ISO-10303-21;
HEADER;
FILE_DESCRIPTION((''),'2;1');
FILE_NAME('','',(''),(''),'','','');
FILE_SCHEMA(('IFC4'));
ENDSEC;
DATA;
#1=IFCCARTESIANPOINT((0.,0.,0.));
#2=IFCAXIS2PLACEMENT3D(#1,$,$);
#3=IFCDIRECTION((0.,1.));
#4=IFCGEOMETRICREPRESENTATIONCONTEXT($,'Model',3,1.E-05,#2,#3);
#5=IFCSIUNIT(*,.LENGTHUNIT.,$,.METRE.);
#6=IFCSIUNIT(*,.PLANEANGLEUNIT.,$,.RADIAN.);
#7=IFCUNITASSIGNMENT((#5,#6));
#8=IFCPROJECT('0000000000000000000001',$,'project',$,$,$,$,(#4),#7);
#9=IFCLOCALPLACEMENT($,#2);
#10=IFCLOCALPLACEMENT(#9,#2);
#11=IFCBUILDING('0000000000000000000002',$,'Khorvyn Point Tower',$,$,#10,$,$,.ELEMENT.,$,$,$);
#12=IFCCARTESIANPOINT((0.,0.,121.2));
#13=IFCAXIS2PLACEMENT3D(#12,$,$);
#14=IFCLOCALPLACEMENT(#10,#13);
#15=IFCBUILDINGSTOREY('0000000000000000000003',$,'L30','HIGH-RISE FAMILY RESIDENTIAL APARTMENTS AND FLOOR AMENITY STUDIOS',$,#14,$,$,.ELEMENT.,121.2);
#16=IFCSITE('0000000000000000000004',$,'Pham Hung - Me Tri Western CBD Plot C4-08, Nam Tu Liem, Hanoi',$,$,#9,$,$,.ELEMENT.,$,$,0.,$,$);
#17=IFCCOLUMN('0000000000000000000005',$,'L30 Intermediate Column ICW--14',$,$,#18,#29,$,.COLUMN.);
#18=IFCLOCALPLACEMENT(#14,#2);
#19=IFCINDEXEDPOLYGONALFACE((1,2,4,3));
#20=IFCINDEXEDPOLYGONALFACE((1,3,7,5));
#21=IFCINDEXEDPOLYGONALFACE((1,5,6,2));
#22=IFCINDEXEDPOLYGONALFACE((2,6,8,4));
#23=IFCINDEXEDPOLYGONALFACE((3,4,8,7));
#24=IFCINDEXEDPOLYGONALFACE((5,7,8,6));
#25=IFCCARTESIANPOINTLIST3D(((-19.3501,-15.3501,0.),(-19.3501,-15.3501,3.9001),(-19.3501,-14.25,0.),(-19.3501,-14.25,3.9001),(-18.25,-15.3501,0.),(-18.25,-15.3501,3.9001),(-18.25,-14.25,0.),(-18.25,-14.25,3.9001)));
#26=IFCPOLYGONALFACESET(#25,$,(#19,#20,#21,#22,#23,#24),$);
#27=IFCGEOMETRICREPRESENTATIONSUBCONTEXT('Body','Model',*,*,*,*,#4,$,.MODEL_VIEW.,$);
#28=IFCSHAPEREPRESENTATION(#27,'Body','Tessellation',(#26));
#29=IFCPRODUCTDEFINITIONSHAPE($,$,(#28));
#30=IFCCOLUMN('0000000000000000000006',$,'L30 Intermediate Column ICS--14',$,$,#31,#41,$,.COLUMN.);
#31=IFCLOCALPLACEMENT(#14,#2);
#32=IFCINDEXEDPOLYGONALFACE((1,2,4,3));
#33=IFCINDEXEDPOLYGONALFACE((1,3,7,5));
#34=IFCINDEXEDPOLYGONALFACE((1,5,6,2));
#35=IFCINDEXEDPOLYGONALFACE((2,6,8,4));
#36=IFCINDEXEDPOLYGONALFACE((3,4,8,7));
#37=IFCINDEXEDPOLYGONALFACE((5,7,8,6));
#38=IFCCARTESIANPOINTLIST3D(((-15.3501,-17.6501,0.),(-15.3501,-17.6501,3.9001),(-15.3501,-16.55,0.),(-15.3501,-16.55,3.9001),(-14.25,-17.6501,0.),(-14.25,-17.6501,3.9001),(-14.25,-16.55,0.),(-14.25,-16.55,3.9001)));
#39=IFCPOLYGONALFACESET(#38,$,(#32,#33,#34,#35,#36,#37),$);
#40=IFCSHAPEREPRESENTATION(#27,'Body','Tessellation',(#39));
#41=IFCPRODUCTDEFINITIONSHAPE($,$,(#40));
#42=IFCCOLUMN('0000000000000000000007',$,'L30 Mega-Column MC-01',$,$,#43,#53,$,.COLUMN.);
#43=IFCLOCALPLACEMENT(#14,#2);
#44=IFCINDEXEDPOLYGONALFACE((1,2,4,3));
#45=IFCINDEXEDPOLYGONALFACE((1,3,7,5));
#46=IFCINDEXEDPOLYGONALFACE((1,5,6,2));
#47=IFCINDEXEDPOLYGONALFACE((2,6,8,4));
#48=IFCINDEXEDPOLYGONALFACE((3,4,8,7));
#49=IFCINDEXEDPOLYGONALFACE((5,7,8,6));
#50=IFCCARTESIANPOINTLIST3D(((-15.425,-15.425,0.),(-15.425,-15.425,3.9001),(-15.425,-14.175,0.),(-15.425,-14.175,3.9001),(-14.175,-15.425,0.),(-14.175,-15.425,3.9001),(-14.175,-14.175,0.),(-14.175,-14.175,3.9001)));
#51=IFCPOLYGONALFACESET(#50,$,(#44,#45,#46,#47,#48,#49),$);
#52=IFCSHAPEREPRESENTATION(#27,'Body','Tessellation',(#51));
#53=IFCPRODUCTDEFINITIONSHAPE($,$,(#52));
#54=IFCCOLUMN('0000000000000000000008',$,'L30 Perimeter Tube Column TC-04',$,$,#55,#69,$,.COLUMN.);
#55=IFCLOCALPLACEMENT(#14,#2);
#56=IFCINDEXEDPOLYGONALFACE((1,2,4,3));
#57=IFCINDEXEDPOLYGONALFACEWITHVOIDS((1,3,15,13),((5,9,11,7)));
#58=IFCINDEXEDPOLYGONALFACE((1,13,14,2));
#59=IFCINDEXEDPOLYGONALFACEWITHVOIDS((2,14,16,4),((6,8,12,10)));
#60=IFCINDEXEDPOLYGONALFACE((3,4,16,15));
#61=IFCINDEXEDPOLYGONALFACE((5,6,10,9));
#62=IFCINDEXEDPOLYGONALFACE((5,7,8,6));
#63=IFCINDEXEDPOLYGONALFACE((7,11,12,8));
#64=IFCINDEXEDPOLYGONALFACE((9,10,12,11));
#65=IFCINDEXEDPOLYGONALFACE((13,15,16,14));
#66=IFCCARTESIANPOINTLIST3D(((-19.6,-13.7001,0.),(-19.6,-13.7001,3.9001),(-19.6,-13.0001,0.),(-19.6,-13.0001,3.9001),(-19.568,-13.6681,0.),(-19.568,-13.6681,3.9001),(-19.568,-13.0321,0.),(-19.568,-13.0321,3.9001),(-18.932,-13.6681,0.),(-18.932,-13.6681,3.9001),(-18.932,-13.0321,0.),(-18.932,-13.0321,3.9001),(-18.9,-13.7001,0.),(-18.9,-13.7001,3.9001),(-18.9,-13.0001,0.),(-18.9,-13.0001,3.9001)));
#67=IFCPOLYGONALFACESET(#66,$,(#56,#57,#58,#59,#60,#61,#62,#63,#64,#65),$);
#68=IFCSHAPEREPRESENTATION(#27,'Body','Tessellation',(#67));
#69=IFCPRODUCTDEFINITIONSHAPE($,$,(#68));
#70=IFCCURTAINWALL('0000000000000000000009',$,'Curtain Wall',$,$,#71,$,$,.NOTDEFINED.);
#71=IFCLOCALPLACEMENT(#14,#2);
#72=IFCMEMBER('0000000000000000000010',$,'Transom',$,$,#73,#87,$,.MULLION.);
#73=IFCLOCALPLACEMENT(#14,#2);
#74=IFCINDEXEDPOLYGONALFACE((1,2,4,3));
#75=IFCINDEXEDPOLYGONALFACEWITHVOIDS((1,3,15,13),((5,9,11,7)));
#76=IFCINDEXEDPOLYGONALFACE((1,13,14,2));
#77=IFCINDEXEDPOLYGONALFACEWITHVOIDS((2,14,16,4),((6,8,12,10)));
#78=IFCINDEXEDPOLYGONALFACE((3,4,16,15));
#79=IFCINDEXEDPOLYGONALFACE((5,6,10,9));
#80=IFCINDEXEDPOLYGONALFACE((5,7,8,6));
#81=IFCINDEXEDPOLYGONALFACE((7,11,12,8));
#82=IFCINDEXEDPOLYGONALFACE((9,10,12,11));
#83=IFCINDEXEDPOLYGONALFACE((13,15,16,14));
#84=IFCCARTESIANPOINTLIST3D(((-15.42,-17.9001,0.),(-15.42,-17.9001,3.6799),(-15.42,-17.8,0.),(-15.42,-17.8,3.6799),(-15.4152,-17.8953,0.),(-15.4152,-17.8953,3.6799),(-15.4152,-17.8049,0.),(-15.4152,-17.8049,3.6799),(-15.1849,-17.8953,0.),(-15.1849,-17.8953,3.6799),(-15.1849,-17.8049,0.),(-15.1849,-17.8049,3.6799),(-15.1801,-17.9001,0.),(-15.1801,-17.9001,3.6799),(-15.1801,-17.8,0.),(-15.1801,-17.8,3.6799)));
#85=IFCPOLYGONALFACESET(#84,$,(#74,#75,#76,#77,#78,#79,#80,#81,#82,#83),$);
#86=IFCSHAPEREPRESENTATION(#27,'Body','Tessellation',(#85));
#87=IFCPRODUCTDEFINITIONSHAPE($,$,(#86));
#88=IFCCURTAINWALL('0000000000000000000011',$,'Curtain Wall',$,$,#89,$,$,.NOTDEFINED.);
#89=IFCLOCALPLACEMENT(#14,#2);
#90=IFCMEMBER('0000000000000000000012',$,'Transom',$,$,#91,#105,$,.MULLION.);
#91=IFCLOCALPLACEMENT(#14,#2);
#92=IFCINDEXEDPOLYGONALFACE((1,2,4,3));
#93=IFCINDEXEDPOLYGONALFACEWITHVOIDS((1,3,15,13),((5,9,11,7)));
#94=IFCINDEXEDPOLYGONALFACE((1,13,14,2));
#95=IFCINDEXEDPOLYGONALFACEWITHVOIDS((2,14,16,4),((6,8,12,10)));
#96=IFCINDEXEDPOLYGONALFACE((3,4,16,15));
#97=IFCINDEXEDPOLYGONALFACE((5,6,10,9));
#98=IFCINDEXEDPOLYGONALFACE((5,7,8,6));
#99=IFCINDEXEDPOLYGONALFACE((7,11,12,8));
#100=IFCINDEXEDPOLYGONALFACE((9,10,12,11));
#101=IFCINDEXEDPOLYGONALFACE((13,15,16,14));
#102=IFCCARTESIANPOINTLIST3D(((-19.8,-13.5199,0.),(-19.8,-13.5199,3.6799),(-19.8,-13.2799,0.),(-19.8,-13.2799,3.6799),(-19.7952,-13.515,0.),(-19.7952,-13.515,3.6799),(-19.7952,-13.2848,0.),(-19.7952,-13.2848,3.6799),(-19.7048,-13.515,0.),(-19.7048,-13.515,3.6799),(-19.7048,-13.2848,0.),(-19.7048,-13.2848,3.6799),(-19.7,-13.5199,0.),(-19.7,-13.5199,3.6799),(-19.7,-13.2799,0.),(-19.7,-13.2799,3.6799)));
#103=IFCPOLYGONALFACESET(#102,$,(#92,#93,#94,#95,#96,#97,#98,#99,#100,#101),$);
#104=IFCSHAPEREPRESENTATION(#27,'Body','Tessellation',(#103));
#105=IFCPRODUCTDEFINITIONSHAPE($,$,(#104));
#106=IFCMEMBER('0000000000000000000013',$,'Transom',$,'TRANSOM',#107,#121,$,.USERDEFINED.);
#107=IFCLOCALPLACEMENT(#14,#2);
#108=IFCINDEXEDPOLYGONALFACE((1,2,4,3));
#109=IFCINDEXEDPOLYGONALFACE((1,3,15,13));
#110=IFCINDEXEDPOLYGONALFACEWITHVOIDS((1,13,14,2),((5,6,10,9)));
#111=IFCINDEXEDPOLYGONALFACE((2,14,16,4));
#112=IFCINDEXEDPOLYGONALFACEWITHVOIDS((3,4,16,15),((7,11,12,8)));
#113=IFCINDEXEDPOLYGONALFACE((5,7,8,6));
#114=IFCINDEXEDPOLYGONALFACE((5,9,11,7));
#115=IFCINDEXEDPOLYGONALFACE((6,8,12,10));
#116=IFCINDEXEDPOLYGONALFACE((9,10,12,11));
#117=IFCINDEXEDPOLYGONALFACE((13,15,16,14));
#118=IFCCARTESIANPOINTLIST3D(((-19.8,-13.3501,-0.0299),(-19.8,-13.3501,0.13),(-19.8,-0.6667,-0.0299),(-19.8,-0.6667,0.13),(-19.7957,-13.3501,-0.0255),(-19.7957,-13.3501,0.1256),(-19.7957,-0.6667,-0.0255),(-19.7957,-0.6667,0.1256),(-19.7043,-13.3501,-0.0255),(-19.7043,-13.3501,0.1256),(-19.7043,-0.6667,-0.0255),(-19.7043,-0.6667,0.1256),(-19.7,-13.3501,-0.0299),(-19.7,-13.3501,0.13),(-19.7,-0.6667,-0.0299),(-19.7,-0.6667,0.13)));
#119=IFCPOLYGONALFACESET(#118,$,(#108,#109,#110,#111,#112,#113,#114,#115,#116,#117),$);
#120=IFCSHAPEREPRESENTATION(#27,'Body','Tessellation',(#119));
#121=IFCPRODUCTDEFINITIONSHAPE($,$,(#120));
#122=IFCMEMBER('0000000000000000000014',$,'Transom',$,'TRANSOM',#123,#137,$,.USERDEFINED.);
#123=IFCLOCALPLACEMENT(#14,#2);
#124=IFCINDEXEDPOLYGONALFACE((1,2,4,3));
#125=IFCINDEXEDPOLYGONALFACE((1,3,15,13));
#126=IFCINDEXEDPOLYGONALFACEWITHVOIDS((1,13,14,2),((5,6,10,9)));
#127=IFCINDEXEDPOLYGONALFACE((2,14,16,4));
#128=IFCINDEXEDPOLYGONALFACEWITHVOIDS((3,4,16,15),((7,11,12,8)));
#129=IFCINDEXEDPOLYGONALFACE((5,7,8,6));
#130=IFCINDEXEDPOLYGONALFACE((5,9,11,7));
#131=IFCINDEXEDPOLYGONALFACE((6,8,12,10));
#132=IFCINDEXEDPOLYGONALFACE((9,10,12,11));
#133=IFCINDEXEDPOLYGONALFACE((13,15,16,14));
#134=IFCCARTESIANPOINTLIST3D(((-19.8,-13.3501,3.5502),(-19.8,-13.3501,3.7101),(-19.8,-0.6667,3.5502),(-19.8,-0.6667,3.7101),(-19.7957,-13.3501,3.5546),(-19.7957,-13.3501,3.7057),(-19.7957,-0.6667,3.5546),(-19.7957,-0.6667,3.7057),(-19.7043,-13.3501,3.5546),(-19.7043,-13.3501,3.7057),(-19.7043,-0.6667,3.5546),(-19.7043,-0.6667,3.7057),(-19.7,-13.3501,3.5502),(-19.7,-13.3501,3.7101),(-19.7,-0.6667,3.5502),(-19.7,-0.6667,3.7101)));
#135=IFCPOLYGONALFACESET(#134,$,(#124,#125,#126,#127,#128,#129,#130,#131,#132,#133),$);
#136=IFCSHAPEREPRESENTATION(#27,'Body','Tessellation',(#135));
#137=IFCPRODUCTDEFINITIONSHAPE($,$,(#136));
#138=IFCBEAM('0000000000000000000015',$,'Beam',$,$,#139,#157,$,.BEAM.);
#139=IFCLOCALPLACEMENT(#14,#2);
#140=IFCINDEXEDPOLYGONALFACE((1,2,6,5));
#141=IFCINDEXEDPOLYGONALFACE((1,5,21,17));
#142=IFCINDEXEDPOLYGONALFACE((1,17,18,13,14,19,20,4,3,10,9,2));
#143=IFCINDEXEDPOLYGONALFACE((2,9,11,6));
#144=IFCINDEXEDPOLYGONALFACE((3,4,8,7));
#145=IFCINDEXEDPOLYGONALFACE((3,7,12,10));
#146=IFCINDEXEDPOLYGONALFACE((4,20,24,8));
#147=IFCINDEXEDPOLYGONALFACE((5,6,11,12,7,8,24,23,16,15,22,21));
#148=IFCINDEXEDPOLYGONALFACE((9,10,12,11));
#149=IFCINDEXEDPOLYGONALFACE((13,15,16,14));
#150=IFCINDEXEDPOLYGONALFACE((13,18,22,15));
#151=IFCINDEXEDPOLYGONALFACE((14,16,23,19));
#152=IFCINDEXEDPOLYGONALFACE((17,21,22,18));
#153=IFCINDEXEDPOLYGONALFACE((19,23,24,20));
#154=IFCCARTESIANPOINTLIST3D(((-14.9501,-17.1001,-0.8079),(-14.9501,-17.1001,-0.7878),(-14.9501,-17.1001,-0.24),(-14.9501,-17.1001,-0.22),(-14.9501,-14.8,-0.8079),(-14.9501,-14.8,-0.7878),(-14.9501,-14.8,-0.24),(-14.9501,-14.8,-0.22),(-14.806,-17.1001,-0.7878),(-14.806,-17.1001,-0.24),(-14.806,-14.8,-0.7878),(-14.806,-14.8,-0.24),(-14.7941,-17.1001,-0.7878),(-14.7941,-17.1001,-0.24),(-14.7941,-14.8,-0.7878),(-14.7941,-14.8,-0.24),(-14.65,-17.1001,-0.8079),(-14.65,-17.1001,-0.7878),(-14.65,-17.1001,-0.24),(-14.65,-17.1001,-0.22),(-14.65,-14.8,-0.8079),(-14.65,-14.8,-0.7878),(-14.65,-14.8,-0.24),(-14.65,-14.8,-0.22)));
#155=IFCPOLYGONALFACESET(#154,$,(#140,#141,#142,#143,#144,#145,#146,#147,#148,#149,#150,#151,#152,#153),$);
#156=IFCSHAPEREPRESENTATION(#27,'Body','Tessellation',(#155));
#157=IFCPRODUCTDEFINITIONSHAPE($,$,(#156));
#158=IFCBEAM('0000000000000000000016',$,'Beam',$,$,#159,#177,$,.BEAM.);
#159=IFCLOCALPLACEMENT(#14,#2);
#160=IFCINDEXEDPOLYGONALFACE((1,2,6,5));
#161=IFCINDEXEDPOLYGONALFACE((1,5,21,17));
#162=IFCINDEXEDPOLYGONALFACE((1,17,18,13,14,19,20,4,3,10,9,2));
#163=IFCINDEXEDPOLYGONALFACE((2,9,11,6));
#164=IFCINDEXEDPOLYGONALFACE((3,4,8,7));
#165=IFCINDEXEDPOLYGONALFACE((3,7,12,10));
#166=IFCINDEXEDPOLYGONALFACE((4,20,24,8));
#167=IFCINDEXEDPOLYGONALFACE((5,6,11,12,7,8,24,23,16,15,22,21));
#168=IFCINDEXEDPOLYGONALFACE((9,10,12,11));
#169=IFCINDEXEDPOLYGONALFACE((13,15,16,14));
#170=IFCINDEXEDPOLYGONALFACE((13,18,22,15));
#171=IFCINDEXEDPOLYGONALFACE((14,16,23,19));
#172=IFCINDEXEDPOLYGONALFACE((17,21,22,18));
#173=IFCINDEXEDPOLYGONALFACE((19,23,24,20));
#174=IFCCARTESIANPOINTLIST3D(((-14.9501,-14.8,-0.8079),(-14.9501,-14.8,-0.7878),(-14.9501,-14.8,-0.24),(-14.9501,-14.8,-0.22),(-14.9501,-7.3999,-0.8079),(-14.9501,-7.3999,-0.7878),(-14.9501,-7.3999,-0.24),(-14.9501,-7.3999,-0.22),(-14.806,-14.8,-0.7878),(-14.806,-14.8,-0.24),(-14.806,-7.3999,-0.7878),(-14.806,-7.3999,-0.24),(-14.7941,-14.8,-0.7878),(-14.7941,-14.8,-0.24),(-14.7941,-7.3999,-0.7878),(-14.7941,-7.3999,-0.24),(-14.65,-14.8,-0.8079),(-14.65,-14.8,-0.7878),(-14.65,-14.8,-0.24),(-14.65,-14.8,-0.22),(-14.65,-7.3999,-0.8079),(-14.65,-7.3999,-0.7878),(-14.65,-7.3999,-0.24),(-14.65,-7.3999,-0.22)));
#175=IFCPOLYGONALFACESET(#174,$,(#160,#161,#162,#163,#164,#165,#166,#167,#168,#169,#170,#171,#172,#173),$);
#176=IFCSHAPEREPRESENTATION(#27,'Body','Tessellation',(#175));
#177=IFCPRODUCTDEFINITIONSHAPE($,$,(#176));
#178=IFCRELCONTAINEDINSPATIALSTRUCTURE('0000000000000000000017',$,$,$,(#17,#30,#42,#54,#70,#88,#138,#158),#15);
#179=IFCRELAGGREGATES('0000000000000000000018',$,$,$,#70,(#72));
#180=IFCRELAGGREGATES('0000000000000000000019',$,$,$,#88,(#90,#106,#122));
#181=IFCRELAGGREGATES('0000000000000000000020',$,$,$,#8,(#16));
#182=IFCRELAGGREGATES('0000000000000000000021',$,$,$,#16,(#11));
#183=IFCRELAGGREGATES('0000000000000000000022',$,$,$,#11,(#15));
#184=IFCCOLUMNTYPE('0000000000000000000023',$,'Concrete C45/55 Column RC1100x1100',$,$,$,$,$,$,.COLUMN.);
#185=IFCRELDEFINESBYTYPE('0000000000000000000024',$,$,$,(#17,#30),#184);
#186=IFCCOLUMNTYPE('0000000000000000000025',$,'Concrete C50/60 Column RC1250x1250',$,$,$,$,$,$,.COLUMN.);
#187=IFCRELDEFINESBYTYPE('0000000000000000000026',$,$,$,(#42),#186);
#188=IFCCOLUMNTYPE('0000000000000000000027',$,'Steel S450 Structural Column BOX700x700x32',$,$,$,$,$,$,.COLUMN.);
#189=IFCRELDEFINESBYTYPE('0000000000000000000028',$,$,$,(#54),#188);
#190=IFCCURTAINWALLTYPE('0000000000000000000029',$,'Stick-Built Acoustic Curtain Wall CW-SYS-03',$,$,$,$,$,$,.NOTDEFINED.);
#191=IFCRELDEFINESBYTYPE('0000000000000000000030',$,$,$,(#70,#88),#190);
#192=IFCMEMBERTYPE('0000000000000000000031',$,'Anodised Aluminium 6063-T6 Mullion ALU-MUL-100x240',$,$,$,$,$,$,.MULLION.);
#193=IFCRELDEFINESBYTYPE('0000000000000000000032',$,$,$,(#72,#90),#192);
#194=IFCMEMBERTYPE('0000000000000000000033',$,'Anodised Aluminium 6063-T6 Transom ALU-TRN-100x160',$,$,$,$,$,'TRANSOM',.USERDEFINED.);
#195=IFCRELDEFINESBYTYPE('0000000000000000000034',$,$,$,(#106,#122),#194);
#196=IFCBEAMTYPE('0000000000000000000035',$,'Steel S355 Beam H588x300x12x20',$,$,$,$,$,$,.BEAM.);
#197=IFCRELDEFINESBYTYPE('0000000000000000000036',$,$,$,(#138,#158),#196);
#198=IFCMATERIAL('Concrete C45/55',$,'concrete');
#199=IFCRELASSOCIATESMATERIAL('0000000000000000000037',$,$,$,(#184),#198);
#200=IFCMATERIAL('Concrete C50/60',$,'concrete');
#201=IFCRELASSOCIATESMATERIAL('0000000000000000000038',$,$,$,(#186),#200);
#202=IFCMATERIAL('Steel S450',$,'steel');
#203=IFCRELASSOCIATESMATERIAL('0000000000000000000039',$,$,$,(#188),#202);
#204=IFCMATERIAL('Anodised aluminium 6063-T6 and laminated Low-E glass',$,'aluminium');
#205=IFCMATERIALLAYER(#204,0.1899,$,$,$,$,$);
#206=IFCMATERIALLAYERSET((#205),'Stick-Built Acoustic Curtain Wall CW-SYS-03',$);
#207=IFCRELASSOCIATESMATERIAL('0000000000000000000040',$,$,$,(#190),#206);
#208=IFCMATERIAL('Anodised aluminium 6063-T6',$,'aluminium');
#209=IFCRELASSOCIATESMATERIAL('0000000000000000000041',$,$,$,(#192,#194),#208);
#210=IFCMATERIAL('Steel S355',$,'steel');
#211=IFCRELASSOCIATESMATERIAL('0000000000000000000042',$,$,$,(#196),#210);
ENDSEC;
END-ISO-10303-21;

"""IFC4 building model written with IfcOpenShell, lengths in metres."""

from ifc_helpers import new_model, si_unit, direction, frame, origin, origin_2d, place, context, subcontext, project, spatial, rectangle, hollow_rectangle, i_section, extrude, material, layer, layer_set, material_profile, profile_set, type_object, element, aggregate, save


model = new_model("IFC4")

# Units and contexts
model_context = context("Model", 3, precision=1e-05, world=origin(), true_north=direction((0.0, 1.0)))
body_context = subcontext(model_context, "Body", "Model", "MODEL_VIEW")
ifc_project = project(units=[si_unit("LENGTHUNIT", "METRE"), si_unit("PLANEANGLEUNIT", "RADIAN")], contexts=[model_context])

# Site, building, storey
site_placement = place(None, origin())
site = spatial("IfcSite", under=ifc_project, at=site_placement, Name="Pham Hung - Me Tri Western CBD Plot C4-08, Nam Tu Liem, Hanoi", CompositionType="ELEMENT", RefElevation=0.0)
building_placement = place(site_placement, origin())
building = spatial("IfcBuilding", under=site, at=building_placement, Name="Khorvyn Point Tower", CompositionType="ELEMENT")
storey_placement = place(building_placement, frame((0.0, 0.0, 121.2)))
storey = spatial("IfcBuildingStorey", under=building, at=storey_placement, Name="L30", Description="HIGH-RISE FAMILY RESIDENTIAL APARTMENTS AND FLOOR AMENITY STUDIOS", CompositionType="ELEMENT", Elevation=121.2)

# Columns
ifc_material_1 = material(Name="Concrete C45/55", Category="concrete")
ifc_material_profile_1 = material_profile(ifc_material_1, rectangle(XDim=1.1001, YDim=1.1001, at=origin_2d()))
ifc_profile_set_1 = profile_set([ifc_material_profile_1], Name="Concrete C45/55 RC1100x1100")
column_type_1 = type_object("IfcColumnType", Name="Concrete C45/55 Column RC1100x1100", PredefinedType="COLUMN", material=ifc_profile_set_1)
for number, where, z_axis, x_axis, name in (
    (1, (-18.8, -14.8, 0.0), (0.0, 0.0, 1.0), (1.0, 0.0, 0.0), "L30 Intermediate Column ICW--14"),
    (2, (-14.8, -17.1001, 0.0), (0.0, 0.0, 1.0), (1.0, 0.0, 0.0), "L30 Intermediate Column ICS--14"),
):
    element("IfcColumn", number, at=place(storey_placement, frame(where, z_axis=z_axis, x_axis=x_axis)), inside=storey, type_object=column_type_1, Name=name, PredefinedType="COLUMN", context=body_context, shape_type="SweptSolid", body=[
        extrude(rectangle(XDim=1.1001, YDim=1.1001, at=origin_2d()), origin(), (0.0, 0.0, 1.0), 3.9001),
    ])
ifc_material_2 = material(Name="Concrete C50/60", Category="concrete")
ifc_material_profile_2 = material_profile(ifc_material_2, rectangle(XDim=1.25, YDim=1.25, at=origin_2d()))
ifc_profile_set_2 = profile_set([ifc_material_profile_2], Name="Concrete C50/60 RC1250x1250")
column_type_2 = type_object("IfcColumnType", Name="Concrete C50/60 Column RC1250x1250", PredefinedType="COLUMN", material=ifc_profile_set_2)
column_1_placement = place(storey_placement, frame((-14.8, -14.8, 0.0), z_axis=(0.0, 0.0, 1.0), x_axis=(1.0, 0.0, 0.0)))
element("IfcColumn", 3, at=column_1_placement, inside=storey, type_object=column_type_2, Name="L30 Mega-Column MC-01", PredefinedType="COLUMN", context=body_context, shape_type="SweptSolid", body=[
    extrude(rectangle(XDim=1.25, YDim=1.25, at=origin_2d()), origin(), (0.0, 0.0, 1.0), 3.9001),
])
ifc_material_3 = material(Name="Steel S450", Category="steel")
ifc_material_profile_3 = material_profile(ifc_material_3, hollow_rectangle(XDim=0.7, YDim=0.7, WallThickness=0.032, at=origin_2d()))
ifc_profile_set_3 = profile_set([ifc_material_profile_3], Name="Steel S450 BOX700x700x32")
column_type_3 = type_object("IfcColumnType", Name="Steel S450 Structural Column BOX700x700x32", PredefinedType="COLUMN", material=ifc_profile_set_3)
column_2_placement = place(storey_placement, frame((-19.25, -13.3501, 0.0), z_axis=(0.0, 0.0, 1.0), x_axis=(1.0, 0.0, 0.0)))
element("IfcColumn", 4, at=column_2_placement, inside=storey, type_object=column_type_3, Name="L30 Perimeter Tube Column TC-04", PredefinedType="COLUMN", context=body_context, shape_type="SweptSolid", body=[
    extrude(hollow_rectangle(XDim=0.7, YDim=0.7, WallThickness=0.032, at=origin_2d()), origin(), (0.0, 0.0, 1.0), 3.9001),
])

# Curtain wall, member
ifc_material_4 = material(Name="Anodised aluminium 6063-T6 and laminated Low-E glass", Category="aluminium")
ifc_layer_1 = layer(ifc_material_4, 0.1899)
ifc_layer_set_1 = layer_set([ifc_layer_1], Name="Stick-Built Acoustic Curtain Wall CW-SYS-03")
curtain_wall_type = type_object("IfcCurtainWallType", Name="Stick-Built Acoustic Curtain Wall CW-SYS-03", PredefinedType="NOTDEFINED", material=ifc_layer_set_1)
curtain_wall_1_placement = place(storey_placement, origin())
curtain_wall_1 = element("IfcCurtainWall", 5, at=curtain_wall_1_placement, inside=storey, type_object=curtain_wall_type, Name="Curtain Wall", PredefinedType="NOTDEFINED")
ifc_material_5 = material(Name="Anodised aluminium 6063-T6", Category="aluminium")
ifc_material_profile_4 = material_profile(ifc_material_5, hollow_rectangle(XDim=0.1001, YDim=0.24, WallThickness=0.0049, at=origin_2d()))
ifc_profile_set_4 = profile_set([ifc_material_profile_4], Name="Anodised aluminium 6063-T6 ALU-MUL-100x240")
member_type_1 = type_object("IfcMemberType", Name="Anodised Aluminium 6063-T6 Mullion ALU-MUL-100x240", PredefinedType="MULLION", material=ifc_profile_set_4)
member_1_placement = place(storey_placement, frame((-15.3, -17.8501, 0.0), z_axis=(0.0, 0.0, 1.0), x_axis=(0.0, -1.0, 0.0)))
member_1 = element("IfcMember", 6, at=member_1_placement, type_object=member_type_1, Name="Transom", PredefinedType="MULLION", context=body_context, shape_type="SweptSolid", body=[
    extrude(hollow_rectangle(XDim=0.1001, YDim=0.24, WallThickness=0.0049, at=origin_2d()), origin(), (0.0, 0.0, 1.0), 3.6799),
])
aggregate(curtain_wall_1, [member_1])

# Curtain wall, members
curtain_wall_2_placement = place(storey_placement, origin())
curtain_wall_2 = element("IfcCurtainWall", 7, at=curtain_wall_2_placement, inside=storey, type_object=curtain_wall_type, Name="Curtain Wall", PredefinedType="NOTDEFINED")
member_2_placement = place(storey_placement, frame((-19.75, -13.3999, 0.0), z_axis=(0.0, 0.0, 1.0), x_axis=(-1.0, 0.0, 0.0)))
member_2 = element("IfcMember", 8, at=member_2_placement, type_object=member_type_1, Name="Transom", PredefinedType="MULLION", context=body_context, shape_type="SweptSolid", body=[
    extrude(hollow_rectangle(XDim=0.1001, YDim=0.24, WallThickness=0.0049, at=origin_2d()), origin(), (0.0, 0.0, 1.0), 3.6799),
])
ifc_material_profile_5 = material_profile(ifc_material_5, hollow_rectangle(XDim=0.1001, YDim=0.1599, WallThickness=0.0044, at=origin_2d()))
ifc_profile_set_5 = profile_set([ifc_material_profile_5], Name="Anodised aluminium 6063-T6 ALU-TRN-100x160")
member_type_2 = type_object("IfcMemberType", Name="Anodised Aluminium 6063-T6 Transom ALU-TRN-100x160", ElementType="TRANSOM", PredefinedType="USERDEFINED", material=ifc_profile_set_5)
member_3_placement = place(storey_placement, frame((-19.75, -13.3501, 0.05), z_axis=(0.0, 1.0, 0.0), x_axis=(-1.0, 0.0, 0.0)))
member_3 = element("IfcMember", 9, at=member_3_placement, type_object=member_type_2, Name="Transom", ObjectType="TRANSOM", PredefinedType="USERDEFINED", context=body_context, shape_type="SweptSolid", body=[
    extrude(hollow_rectangle(XDim=0.1001, YDim=0.1599, WallThickness=0.0044, at=origin_2d()), origin(), (0.0, 0.0, 1.0), 12.6833),
])
member_4_placement = place(storey_placement, frame((-19.75, -13.3501, 3.6301), z_axis=(0.0, 1.0, 0.0), x_axis=(-1.0, 0.0, 0.0)))
member_4 = element("IfcMember", 10, at=member_4_placement, type_object=member_type_2, Name="Transom", ObjectType="TRANSOM", PredefinedType="USERDEFINED", context=body_context, shape_type="SweptSolid", body=[
    extrude(hollow_rectangle(XDim=0.1001, YDim=0.1599, WallThickness=0.0044, at=origin_2d()), origin(), (0.0, 0.0, 1.0), 12.6833),
])

# Beams
ifc_material_6 = material(Name="Steel S355", Category="steel")
ifc_material_profile_6 = material_profile(ifc_material_6, i_section(OverallWidth=0.3, OverallDepth=0.5879, WebThickness=0.012, FlangeThickness=0.02, at=origin_2d()))
ifc_profile_set_6 = profile_set([ifc_material_profile_6], Name="Steel S355 H588x300x12x20")
beam_type_1 = type_object("IfcBeamType", Name="Steel S355 Beam H588x300x12x20", PredefinedType="BEAM", material=ifc_profile_set_6)
beam_1_placement = place(storey_placement, frame((-14.8, -17.1001, -0.5139), z_axis=(0.0, 1.0, 0.0), x_axis=(-1.0, 0.0, 0.0)))
element("IfcBeam", 11, at=beam_1_placement, inside=storey, type_object=beam_type_1, Name="Beam", PredefinedType="BEAM", context=body_context, shape_type="SweptSolid", body=[
    extrude(i_section(OverallWidth=0.3, OverallDepth=0.5879, WebThickness=0.012, FlangeThickness=0.02, at=origin_2d()), origin(), (0.0, 0.0, 1.0), 2.3),
])
for number, where, z_axis, x_axis, name in (
    (12, (-14.8, -14.8, -0.5139), (0.0, 1.0, 0.0), (-1.0, 0.0, 0.0), "Beam"),
):
    element("IfcBeam", number, at=place(storey_placement, frame(where, z_axis=z_axis, x_axis=x_axis)), inside=storey, type_object=beam_type_1, Name=name, PredefinedType="BEAM", context=body_context, shape_type="SweptSolid", body=[
        extrude(i_section(OverallWidth=0.3, OverallDepth=0.5879, WebThickness=0.012, FlangeThickness=0.02, at=origin_2d()), origin(), (0.0, 0.0, 1.0), 7.4001),
    ])

aggregate(curtain_wall_2, [member_2, member_3, member_4])

save(model, "model.ifc")
